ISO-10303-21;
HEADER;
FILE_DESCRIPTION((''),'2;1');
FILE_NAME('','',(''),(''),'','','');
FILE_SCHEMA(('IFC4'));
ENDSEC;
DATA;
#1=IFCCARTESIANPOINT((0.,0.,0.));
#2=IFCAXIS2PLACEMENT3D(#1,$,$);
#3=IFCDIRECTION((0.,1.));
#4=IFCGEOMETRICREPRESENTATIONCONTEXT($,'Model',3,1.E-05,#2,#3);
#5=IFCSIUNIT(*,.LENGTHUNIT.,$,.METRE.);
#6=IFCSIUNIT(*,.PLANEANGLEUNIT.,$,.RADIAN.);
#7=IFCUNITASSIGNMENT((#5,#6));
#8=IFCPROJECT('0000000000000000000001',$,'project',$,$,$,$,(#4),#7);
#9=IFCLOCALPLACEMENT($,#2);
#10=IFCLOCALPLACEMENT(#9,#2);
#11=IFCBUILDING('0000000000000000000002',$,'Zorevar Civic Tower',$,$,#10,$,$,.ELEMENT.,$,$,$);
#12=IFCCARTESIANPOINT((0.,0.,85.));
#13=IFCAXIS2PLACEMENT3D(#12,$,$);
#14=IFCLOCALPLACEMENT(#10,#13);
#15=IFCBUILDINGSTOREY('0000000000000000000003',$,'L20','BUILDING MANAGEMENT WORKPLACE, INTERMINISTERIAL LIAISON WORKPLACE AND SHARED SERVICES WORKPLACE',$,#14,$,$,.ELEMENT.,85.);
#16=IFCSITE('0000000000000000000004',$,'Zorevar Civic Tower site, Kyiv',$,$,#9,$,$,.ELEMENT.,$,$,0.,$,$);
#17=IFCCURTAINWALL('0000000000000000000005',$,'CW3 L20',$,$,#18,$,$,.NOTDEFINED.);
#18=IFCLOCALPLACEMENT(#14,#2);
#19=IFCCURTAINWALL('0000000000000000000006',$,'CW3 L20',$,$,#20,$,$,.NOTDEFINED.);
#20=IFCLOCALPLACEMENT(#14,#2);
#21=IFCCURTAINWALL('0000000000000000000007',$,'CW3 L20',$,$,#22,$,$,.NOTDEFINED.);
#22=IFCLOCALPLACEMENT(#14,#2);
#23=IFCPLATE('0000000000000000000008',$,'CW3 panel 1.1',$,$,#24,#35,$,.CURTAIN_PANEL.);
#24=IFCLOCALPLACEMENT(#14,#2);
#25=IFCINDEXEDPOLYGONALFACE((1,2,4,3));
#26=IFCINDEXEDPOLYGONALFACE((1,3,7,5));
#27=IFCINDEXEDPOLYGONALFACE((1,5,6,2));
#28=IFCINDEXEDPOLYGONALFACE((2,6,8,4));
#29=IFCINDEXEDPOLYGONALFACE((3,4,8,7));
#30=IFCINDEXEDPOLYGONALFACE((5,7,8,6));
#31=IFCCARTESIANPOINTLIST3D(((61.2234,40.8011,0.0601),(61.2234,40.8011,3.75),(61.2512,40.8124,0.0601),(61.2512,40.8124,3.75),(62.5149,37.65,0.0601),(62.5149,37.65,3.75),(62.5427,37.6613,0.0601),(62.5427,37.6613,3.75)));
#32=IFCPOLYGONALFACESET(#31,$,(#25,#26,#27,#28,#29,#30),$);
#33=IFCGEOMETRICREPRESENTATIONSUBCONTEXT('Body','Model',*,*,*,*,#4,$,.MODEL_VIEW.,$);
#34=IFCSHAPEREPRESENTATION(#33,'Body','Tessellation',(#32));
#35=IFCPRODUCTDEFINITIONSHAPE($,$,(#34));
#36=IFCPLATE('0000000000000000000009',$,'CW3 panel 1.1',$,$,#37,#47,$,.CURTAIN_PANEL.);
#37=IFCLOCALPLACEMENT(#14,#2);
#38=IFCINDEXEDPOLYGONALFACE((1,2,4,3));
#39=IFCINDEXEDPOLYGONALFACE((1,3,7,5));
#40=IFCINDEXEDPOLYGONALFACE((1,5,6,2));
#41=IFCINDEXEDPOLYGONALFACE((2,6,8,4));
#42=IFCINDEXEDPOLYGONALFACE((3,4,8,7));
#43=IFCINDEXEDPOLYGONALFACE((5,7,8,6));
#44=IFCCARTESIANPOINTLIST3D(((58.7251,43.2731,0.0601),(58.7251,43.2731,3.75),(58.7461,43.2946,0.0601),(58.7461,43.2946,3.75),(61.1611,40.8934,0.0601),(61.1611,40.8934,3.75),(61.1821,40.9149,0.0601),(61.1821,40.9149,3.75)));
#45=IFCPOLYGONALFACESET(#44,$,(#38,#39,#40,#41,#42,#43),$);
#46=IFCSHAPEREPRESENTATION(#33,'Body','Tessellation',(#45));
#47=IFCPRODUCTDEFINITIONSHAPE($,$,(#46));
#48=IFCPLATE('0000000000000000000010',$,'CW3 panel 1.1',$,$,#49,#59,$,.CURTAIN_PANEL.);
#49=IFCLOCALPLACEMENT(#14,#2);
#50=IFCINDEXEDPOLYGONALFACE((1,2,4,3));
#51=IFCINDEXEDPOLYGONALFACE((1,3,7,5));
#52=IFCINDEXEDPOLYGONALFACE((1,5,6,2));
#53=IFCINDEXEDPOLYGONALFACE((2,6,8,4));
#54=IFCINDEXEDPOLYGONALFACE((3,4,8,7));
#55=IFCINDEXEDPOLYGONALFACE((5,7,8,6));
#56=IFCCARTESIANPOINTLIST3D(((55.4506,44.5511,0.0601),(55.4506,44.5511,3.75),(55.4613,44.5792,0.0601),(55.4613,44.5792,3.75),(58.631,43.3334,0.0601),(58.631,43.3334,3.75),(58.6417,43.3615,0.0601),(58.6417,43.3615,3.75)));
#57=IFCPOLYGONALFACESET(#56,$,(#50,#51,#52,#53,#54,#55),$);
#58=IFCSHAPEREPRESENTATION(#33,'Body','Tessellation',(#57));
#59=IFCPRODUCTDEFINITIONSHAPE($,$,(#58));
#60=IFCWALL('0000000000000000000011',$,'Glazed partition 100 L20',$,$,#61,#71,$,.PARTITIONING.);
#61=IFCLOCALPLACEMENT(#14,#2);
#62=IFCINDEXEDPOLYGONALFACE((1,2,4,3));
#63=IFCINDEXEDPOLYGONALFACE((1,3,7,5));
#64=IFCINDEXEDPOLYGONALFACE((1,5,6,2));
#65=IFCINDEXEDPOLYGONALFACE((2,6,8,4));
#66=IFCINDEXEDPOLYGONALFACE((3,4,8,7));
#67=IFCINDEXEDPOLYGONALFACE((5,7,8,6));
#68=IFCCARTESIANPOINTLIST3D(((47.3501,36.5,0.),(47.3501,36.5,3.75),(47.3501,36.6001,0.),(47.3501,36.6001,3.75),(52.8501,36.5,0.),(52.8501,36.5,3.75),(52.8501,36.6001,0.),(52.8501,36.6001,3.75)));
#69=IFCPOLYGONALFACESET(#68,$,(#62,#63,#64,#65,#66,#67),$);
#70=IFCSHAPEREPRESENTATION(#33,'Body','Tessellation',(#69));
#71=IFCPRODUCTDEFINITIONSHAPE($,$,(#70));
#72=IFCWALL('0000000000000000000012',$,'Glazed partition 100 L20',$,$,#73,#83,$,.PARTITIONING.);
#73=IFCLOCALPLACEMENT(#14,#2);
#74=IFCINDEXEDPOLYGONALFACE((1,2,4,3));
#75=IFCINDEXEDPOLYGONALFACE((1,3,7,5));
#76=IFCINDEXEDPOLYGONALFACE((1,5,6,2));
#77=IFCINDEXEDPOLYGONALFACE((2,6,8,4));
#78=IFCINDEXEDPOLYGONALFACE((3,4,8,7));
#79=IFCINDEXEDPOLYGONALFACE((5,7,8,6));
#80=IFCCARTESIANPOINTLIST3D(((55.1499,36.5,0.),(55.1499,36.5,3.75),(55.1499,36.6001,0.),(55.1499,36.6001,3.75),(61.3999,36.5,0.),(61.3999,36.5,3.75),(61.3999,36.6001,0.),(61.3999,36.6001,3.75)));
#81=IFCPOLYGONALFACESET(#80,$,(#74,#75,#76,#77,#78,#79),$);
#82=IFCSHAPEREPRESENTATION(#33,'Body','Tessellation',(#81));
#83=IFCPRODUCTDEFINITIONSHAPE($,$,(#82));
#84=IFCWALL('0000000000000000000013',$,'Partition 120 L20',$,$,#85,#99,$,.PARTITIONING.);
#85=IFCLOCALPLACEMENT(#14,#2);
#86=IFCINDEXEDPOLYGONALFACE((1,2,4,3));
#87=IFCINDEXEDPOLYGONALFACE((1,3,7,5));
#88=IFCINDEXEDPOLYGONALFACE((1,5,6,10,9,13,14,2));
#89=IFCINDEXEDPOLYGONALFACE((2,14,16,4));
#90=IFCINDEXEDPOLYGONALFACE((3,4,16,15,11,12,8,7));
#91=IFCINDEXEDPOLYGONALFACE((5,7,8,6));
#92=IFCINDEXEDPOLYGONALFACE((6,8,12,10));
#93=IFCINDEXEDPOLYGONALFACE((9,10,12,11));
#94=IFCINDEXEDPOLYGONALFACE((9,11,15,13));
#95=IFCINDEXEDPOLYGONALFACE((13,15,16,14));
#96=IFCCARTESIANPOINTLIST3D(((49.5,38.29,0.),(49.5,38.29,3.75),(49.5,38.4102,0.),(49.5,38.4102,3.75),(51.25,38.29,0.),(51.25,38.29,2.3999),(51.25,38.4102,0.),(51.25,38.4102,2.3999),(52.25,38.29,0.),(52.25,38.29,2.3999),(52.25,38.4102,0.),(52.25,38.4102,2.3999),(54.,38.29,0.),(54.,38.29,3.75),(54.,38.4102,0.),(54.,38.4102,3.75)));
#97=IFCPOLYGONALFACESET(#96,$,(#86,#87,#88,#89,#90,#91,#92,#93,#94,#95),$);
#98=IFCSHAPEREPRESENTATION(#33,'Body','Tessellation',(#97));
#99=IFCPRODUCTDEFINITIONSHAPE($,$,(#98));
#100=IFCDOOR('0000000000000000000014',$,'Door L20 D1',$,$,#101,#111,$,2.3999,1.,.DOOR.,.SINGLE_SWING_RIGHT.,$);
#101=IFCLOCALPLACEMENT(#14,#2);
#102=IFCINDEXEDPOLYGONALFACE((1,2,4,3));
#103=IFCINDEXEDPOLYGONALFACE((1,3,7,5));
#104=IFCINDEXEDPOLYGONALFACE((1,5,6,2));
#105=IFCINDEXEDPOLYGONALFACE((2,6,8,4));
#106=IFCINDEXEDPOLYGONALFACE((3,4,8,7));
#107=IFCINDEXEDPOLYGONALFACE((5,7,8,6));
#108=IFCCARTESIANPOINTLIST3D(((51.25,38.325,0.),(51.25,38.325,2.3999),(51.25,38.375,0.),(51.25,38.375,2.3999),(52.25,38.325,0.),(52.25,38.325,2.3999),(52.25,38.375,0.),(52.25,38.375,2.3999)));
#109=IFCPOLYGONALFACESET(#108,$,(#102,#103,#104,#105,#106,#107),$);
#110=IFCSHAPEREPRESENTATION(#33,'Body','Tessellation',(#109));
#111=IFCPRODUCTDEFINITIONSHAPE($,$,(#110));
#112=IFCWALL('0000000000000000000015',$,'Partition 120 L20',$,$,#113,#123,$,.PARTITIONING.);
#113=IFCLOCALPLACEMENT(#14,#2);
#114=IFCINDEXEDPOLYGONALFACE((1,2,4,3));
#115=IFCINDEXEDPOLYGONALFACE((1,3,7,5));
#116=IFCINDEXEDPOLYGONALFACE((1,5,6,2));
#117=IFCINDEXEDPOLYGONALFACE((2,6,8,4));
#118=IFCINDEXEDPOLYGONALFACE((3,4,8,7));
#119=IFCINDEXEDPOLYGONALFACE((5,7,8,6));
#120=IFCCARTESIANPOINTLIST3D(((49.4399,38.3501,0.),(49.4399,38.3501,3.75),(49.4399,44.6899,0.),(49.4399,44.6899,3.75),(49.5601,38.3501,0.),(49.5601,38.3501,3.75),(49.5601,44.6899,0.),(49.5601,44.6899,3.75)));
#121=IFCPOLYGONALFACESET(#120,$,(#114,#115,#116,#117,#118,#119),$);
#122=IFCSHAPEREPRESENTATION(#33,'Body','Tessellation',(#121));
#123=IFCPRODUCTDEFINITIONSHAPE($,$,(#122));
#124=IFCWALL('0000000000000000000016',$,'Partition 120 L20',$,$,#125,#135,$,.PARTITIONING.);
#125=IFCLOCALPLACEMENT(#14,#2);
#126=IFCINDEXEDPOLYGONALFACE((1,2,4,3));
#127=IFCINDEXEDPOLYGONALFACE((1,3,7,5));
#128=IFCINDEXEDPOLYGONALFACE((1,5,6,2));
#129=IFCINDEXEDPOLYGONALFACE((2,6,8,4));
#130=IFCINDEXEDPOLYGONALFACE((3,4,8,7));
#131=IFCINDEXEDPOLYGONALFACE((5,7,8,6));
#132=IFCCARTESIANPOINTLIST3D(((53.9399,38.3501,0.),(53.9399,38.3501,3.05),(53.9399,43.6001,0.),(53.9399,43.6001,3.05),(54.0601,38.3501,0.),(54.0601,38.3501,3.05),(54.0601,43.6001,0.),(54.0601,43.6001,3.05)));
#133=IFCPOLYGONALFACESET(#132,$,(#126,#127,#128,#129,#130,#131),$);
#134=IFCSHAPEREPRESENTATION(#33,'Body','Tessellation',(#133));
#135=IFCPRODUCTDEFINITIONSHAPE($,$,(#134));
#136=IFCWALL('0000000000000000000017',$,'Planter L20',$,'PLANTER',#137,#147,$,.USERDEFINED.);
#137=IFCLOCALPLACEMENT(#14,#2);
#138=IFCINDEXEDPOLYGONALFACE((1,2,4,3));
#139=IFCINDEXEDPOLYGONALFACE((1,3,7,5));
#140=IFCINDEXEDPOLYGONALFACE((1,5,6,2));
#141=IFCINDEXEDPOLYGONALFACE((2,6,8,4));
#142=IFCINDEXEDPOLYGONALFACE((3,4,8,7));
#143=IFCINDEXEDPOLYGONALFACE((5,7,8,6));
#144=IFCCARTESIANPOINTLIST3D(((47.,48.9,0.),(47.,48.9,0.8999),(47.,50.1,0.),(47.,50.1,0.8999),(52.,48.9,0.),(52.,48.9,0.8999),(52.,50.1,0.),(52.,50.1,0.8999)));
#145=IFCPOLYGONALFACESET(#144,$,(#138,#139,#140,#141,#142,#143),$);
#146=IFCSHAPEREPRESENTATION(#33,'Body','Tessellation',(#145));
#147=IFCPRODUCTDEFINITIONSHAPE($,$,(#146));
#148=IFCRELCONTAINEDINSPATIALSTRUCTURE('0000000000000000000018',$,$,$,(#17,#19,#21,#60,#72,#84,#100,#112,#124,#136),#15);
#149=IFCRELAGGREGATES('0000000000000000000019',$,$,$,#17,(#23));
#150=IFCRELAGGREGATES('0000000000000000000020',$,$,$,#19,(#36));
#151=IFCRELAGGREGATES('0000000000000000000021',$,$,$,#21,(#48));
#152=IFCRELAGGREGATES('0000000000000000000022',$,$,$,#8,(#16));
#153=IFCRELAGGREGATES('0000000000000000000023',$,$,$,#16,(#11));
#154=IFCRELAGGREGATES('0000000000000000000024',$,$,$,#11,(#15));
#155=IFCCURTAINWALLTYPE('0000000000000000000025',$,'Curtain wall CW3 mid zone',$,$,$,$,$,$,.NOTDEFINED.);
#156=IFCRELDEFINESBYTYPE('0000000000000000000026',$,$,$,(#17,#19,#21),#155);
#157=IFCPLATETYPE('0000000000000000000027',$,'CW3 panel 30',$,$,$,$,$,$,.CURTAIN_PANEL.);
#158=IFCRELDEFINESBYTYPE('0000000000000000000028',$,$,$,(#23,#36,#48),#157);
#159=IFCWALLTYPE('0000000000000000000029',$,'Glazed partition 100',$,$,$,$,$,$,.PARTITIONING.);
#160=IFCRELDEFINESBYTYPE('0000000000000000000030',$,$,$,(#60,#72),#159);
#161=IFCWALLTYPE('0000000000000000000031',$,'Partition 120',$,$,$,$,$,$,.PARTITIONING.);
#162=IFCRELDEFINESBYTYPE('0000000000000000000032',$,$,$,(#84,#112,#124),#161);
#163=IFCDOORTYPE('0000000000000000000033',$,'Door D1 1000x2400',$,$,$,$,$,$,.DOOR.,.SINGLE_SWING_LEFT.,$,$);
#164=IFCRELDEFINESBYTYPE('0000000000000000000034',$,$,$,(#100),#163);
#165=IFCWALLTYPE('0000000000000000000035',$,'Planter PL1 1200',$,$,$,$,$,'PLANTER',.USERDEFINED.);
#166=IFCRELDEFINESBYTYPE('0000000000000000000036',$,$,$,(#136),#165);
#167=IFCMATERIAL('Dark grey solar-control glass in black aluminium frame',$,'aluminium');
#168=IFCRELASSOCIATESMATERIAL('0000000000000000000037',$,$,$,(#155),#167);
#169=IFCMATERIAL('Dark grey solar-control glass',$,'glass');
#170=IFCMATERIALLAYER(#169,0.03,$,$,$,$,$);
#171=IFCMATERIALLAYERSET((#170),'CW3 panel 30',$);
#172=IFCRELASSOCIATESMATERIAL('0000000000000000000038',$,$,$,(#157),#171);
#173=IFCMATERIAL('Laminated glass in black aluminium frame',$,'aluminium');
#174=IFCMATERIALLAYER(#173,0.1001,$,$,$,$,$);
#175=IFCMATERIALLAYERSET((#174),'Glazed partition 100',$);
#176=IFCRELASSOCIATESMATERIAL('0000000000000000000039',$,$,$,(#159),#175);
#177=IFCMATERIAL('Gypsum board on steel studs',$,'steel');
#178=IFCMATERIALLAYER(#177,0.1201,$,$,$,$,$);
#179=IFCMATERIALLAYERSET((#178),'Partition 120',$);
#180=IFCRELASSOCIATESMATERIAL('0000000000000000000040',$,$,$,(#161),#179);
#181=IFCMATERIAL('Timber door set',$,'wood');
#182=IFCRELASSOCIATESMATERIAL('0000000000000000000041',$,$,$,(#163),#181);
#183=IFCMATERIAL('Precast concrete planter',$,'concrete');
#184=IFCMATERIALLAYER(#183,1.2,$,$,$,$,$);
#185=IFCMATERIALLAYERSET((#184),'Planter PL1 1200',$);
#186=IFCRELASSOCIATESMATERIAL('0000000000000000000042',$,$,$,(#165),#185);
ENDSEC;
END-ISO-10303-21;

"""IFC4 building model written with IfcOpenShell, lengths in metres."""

from ifc_helpers import new_model, si_unit, direction, frame, frame_2d, origin, origin_2d, place, context, subcontext, project, spatial, rectangle, extrude, material, layer, layer_set, type_object, element, fill, aggregate, save


model = new_model("IFC4")

# Units and contexts
model_context = context("Model", 3, precision=1e-05, world=origin(), true_north=direction((0.0, 1.0)))
body_context = subcontext(model_context, "Body", "Model", "MODEL_VIEW")
ifc_project = project(units=[si_unit("LENGTHUNIT", "METRE"), si_unit("PLANEANGLEUNIT", "RADIAN")], contexts=[model_context])

# Site, building, storey
site_placement = place(None, origin())
site = spatial("IfcSite", under=ifc_project, at=site_placement, Name="Zorevar Civic Tower site, Kyiv", CompositionType="ELEMENT", RefElevation=0.0)
building_placement = place(site_placement, origin())
building = spatial("IfcBuilding", under=site, at=building_placement, Name="Zorevar Civic Tower", CompositionType="ELEMENT")
storey_placement = place(building_placement, frame((0.0, 0.0, 85.0)))
storey = spatial("IfcBuildingStorey", under=building, at=storey_placement, Name="L20", Description="BUILDING MANAGEMENT WORKPLACE, INTERMINISTERIAL LIAISON WORKPLACE AND SHARED SERVICES WORKPLACE", CompositionType="ELEMENT", Elevation=85.0)

# Curtain walls
ifc_material_1 = material(Name="Dark grey solar-control glass in black aluminium frame", Category="aluminium")
curtain_wall_type = type_object("IfcCurtainWallType", Name="Curtain wall CW3 mid zone", PredefinedType="NOTDEFINED", material=ifc_material_1)
curtain_wall_1_placement = place(storey_placement, origin())
curtain_wall_1 = element("IfcCurtainWall", 1, at=curtain_wall_1_placement, inside=storey, type_object=curtain_wall_type, Name="CW3 L20", PredefinedType="NOTDEFINED")
curtain_wall_2_placement = place(storey_placement, origin())
curtain_wall_2 = element("IfcCurtainWall", 2, at=curtain_wall_2_placement, inside=storey, type_object=curtain_wall_type, Name="CW3 L20", PredefinedType="NOTDEFINED")
curtain_wall_3_placement = place(storey_placement, origin())
curtain_wall_3 = element("IfcCurtainWall", 3, at=curtain_wall_3_placement, inside=storey, type_object=curtain_wall_type, Name="CW3 L20", PredefinedType="NOTDEFINED")

# Plates
ifc_material_2 = material(Name="Dark grey solar-control glass", Category="glass")
ifc_layer_1 = layer(ifc_material_2, 0.03)
ifc_layer_set_1 = layer_set([ifc_layer_1], Name="CW3 panel 30")
plate_type = type_object("IfcPlateType", Name="CW3 panel 30", PredefinedType="CURTAIN_PANEL", material=ifc_layer_set_1)
plate_1_placement = place(storey_placement, frame((61.8831, 39.2312, 0.0601), z_axis=(0.0, 0.0, 1.0), x_axis=(-0.379251, 0.925294, 0.0)))
plate_1 = element("IfcPlate", 4, at=plate_1_placement, type_object=plate_type, Name="CW3 panel 1.1", PredefinedType="CURTAIN_PANEL", context=body_context, shape_type="SweptSolid", body=[
    extrude(rectangle(XDim=3.4055, YDim=0.03, at=origin_2d()), origin(), (0.0, 0.0, 1.0), 3.6899),
])
aggregate(curtain_wall_1, [plate_1])
plate_2_placement = place(storey_placement, frame((59.9536, 42.094, 0.0601), z_axis=(0.0, 0.0, 1.0), x_axis=(-0.71532, 0.698797, 0.0)))
plate_2 = element("IfcPlate", 5, at=plate_2_placement, type_object=plate_type, Name="CW3 panel 1.1", PredefinedType="CURTAIN_PANEL", context=body_context, shape_type="SweptSolid", body=[
    extrude(rectangle(XDim=3.4055, YDim=0.03, at=origin_2d()), origin(), (0.0, 0.0, 1.0), 3.6899),
])
aggregate(curtain_wall_2, [plate_2])
plate_3_placement = place(storey_placement, frame((57.0461, 43.9563, 0.0601), z_axis=(0.0, 0.0, 1.0), x_axis=(-0.93389, 0.357561, 0.0)))
plate_3 = element("IfcPlate", 6, at=plate_3_placement, type_object=plate_type, Name="CW3 panel 1.1", PredefinedType="CURTAIN_PANEL", context=body_context, shape_type="SweptSolid", body=[
    extrude(rectangle(XDim=3.4055, YDim=0.03, at=origin_2d()), origin(), (0.0, 0.0, 1.0), 3.6899),
])
aggregate(curtain_wall_3, [plate_3])

# Walls
ifc_material_3 = material(Name="Laminated glass in black aluminium frame", Category="aluminium")
ifc_layer_2 = layer(ifc_material_3, 0.1001)
ifc_layer_set_2 = layer_set([ifc_layer_2], Name="Glazed partition 100")
wall_type_1 = type_object("IfcWallType", Name="Glazed partition 100", PredefinedType="PARTITIONING", material=ifc_layer_set_2)
wall_1_placement = place(storey_placement, frame((47.3501, 36.55, 0.0), z_axis=(0.0, 0.0, 1.0), x_axis=(1.0, 0.0, 0.0)))
element("IfcWall", 7, at=wall_1_placement, inside=storey, type_object=wall_type_1, Name="Glazed partition 100 L20", PredefinedType="PARTITIONING", context=body_context, shape_type="SweptSolid", body=[
    extrude(rectangle(XDim=5.5, YDim=0.1001, at=frame_2d((2.75, 0.0))), origin(), (0.0, 0.0, 1.0), 3.75),
])
wall_2_placement = place(storey_placement, frame((55.1499, 36.55, 0.0), z_axis=(0.0, 0.0, 1.0), x_axis=(1.0, 0.0, 0.0)))
element("IfcWall", 8, at=wall_2_placement, inside=storey, type_object=wall_type_1, Name="Glazed partition 100 L20", PredefinedType="PARTITIONING", context=body_context, shape_type="SweptSolid", body=[
    extrude(rectangle(XDim=6.25, YDim=0.1001, at=frame_2d((3.125, 0.0))), origin(), (0.0, 0.0, 1.0), 3.75),
])

# Wall, opening, door
ifc_material_4 = material(Name="Gypsum board on steel studs", Category="steel")
ifc_layer_3 = layer(ifc_material_4, 0.1201)
ifc_layer_set_3 = layer_set([ifc_layer_3], Name="Partition 120")
wall_type_2 = type_object("IfcWallType", Name="Partition 120", PredefinedType="PARTITIONING", material=ifc_layer_set_3)
wall_3_placement = place(storey_placement, frame((49.5, 38.3501, 0.0), z_axis=(0.0, 0.0, 1.0), x_axis=(1.0, 0.0, 0.0)))
wall_3 = element("IfcWall", 9, at=wall_3_placement, inside=storey, type_object=wall_type_2, Name="Partition 120 L20", PredefinedType="PARTITIONING", context=body_context, shape_type="SweptSolid", body=[
    extrude(rectangle(XDim=4.5, YDim=0.1201, at=frame_2d((2.25, 0.0))), origin(), (0.0, 0.0, 1.0), 3.75),
])
opening_1_placement = place(wall_3_placement, frame((1.75, 0.0, 0.0)))
opening_1 = element("IfcOpeningElement", 10, at=opening_1_placement, cuts=wall_3, PredefinedType="OPENING", context=body_context, shape_type="SweptSolid", body=[
    extrude(rectangle(XDim=1.0, YDim=2.3999, at=frame_2d((0.5, 1.2))), frame((0.0, 0.0701, 0.0), z_axis=(0.0, -1.0, 0.0), x_axis=(1.0, 0.0, 0.0)), (0.0, 0.0, 1.0), 0.1401),
])
ifc_material_5 = material(Name="Timber door set", Category="wood")
door_type_1 = type_object("IfcDoorType", Name="Door D1 1000x2400", OperationType="SINGLE_SWING_LEFT", PredefinedType="DOOR", material=ifc_material_5)
door_1_placement = place(opening_1_placement, origin())
door_1 = element("IfcDoor", 11, at=door_1_placement, inside=storey, type_object=door_type_1, Name="Door L20 D1", OperationType="SINGLE_SWING_RIGHT", OverallHeight=2.3999, OverallWidth=1.0, PredefinedType="DOOR", context=body_context, shape_type="SweptSolid", body=[
    extrude(rectangle(XDim=1.0, YDim=2.3999, at=frame_2d((0.5, 1.2))), frame((0.0, 0.0249, 0.0), z_axis=(0.0, -1.0, 0.0), x_axis=(1.0, 0.0, 0.0)), (0.0, 0.0, 1.0), 0.05),
])
fill(opening_1, door_1)

# Walls
wall_4_placement = place(storey_placement, frame((49.5, 38.3501, 0.0), z_axis=(0.0, 0.0, 1.0), x_axis=(0.0, 1.0, 0.0)))
element("IfcWall", 12, at=wall_4_placement, inside=storey, type_object=wall_type_2, Name="Partition 120 L20", PredefinedType="PARTITIONING", context=body_context, shape_type="SweptSolid", body=[
    extrude(rectangle(XDim=6.3398, YDim=0.1201, at=frame_2d((3.1699, 0.0))), origin(), (0.0, 0.0, 1.0), 3.75),
])
wall_5_placement = place(storey_placement, frame((54.0, 38.3501, 0.0), z_axis=(0.0, 0.0, 1.0), x_axis=(0.0, 1.0, 0.0)))
element("IfcWall", 13, at=wall_5_placement, inside=storey, type_object=wall_type_2, Name="Partition 120 L20", PredefinedType="PARTITIONING", context=body_context, shape_type="SweptSolid", body=[
    extrude(rectangle(XDim=5.25, YDim=0.1201, at=frame_2d((2.625, 0.0))), origin(), (0.0, 0.0, 1.0), 3.05),
])
ifc_material_6 = material(Name="Precast concrete planter", Category="concrete")
ifc_layer_4 = layer(ifc_material_6, 1.2)
ifc_layer_set_4 = layer_set([ifc_layer_4], Name="Planter PL1 1200")
wall_type_3 = type_object("IfcWallType", Name="Planter PL1 1200", ElementType="PLANTER", PredefinedType="USERDEFINED", material=ifc_layer_set_4)
wall_6_placement = place(storey_placement, frame((47.0, 49.5, 0.0), z_axis=(0.0, 0.0, 1.0), x_axis=(1.0, 0.0, 0.0)))
element("IfcWall", 14, at=wall_6_placement, inside=storey, type_object=wall_type_3, Name="Planter L20", ObjectType="PLANTER", PredefinedType="USERDEFINED", context=body_context, shape_type="SweptSolid", body=[
    extrude(rectangle(XDim=5.0, YDim=1.2, at=frame_2d((2.5, 0.0))), origin(), (0.0, 0.0, 1.0), 0.8999),
])

save(model, "model.ifc")
